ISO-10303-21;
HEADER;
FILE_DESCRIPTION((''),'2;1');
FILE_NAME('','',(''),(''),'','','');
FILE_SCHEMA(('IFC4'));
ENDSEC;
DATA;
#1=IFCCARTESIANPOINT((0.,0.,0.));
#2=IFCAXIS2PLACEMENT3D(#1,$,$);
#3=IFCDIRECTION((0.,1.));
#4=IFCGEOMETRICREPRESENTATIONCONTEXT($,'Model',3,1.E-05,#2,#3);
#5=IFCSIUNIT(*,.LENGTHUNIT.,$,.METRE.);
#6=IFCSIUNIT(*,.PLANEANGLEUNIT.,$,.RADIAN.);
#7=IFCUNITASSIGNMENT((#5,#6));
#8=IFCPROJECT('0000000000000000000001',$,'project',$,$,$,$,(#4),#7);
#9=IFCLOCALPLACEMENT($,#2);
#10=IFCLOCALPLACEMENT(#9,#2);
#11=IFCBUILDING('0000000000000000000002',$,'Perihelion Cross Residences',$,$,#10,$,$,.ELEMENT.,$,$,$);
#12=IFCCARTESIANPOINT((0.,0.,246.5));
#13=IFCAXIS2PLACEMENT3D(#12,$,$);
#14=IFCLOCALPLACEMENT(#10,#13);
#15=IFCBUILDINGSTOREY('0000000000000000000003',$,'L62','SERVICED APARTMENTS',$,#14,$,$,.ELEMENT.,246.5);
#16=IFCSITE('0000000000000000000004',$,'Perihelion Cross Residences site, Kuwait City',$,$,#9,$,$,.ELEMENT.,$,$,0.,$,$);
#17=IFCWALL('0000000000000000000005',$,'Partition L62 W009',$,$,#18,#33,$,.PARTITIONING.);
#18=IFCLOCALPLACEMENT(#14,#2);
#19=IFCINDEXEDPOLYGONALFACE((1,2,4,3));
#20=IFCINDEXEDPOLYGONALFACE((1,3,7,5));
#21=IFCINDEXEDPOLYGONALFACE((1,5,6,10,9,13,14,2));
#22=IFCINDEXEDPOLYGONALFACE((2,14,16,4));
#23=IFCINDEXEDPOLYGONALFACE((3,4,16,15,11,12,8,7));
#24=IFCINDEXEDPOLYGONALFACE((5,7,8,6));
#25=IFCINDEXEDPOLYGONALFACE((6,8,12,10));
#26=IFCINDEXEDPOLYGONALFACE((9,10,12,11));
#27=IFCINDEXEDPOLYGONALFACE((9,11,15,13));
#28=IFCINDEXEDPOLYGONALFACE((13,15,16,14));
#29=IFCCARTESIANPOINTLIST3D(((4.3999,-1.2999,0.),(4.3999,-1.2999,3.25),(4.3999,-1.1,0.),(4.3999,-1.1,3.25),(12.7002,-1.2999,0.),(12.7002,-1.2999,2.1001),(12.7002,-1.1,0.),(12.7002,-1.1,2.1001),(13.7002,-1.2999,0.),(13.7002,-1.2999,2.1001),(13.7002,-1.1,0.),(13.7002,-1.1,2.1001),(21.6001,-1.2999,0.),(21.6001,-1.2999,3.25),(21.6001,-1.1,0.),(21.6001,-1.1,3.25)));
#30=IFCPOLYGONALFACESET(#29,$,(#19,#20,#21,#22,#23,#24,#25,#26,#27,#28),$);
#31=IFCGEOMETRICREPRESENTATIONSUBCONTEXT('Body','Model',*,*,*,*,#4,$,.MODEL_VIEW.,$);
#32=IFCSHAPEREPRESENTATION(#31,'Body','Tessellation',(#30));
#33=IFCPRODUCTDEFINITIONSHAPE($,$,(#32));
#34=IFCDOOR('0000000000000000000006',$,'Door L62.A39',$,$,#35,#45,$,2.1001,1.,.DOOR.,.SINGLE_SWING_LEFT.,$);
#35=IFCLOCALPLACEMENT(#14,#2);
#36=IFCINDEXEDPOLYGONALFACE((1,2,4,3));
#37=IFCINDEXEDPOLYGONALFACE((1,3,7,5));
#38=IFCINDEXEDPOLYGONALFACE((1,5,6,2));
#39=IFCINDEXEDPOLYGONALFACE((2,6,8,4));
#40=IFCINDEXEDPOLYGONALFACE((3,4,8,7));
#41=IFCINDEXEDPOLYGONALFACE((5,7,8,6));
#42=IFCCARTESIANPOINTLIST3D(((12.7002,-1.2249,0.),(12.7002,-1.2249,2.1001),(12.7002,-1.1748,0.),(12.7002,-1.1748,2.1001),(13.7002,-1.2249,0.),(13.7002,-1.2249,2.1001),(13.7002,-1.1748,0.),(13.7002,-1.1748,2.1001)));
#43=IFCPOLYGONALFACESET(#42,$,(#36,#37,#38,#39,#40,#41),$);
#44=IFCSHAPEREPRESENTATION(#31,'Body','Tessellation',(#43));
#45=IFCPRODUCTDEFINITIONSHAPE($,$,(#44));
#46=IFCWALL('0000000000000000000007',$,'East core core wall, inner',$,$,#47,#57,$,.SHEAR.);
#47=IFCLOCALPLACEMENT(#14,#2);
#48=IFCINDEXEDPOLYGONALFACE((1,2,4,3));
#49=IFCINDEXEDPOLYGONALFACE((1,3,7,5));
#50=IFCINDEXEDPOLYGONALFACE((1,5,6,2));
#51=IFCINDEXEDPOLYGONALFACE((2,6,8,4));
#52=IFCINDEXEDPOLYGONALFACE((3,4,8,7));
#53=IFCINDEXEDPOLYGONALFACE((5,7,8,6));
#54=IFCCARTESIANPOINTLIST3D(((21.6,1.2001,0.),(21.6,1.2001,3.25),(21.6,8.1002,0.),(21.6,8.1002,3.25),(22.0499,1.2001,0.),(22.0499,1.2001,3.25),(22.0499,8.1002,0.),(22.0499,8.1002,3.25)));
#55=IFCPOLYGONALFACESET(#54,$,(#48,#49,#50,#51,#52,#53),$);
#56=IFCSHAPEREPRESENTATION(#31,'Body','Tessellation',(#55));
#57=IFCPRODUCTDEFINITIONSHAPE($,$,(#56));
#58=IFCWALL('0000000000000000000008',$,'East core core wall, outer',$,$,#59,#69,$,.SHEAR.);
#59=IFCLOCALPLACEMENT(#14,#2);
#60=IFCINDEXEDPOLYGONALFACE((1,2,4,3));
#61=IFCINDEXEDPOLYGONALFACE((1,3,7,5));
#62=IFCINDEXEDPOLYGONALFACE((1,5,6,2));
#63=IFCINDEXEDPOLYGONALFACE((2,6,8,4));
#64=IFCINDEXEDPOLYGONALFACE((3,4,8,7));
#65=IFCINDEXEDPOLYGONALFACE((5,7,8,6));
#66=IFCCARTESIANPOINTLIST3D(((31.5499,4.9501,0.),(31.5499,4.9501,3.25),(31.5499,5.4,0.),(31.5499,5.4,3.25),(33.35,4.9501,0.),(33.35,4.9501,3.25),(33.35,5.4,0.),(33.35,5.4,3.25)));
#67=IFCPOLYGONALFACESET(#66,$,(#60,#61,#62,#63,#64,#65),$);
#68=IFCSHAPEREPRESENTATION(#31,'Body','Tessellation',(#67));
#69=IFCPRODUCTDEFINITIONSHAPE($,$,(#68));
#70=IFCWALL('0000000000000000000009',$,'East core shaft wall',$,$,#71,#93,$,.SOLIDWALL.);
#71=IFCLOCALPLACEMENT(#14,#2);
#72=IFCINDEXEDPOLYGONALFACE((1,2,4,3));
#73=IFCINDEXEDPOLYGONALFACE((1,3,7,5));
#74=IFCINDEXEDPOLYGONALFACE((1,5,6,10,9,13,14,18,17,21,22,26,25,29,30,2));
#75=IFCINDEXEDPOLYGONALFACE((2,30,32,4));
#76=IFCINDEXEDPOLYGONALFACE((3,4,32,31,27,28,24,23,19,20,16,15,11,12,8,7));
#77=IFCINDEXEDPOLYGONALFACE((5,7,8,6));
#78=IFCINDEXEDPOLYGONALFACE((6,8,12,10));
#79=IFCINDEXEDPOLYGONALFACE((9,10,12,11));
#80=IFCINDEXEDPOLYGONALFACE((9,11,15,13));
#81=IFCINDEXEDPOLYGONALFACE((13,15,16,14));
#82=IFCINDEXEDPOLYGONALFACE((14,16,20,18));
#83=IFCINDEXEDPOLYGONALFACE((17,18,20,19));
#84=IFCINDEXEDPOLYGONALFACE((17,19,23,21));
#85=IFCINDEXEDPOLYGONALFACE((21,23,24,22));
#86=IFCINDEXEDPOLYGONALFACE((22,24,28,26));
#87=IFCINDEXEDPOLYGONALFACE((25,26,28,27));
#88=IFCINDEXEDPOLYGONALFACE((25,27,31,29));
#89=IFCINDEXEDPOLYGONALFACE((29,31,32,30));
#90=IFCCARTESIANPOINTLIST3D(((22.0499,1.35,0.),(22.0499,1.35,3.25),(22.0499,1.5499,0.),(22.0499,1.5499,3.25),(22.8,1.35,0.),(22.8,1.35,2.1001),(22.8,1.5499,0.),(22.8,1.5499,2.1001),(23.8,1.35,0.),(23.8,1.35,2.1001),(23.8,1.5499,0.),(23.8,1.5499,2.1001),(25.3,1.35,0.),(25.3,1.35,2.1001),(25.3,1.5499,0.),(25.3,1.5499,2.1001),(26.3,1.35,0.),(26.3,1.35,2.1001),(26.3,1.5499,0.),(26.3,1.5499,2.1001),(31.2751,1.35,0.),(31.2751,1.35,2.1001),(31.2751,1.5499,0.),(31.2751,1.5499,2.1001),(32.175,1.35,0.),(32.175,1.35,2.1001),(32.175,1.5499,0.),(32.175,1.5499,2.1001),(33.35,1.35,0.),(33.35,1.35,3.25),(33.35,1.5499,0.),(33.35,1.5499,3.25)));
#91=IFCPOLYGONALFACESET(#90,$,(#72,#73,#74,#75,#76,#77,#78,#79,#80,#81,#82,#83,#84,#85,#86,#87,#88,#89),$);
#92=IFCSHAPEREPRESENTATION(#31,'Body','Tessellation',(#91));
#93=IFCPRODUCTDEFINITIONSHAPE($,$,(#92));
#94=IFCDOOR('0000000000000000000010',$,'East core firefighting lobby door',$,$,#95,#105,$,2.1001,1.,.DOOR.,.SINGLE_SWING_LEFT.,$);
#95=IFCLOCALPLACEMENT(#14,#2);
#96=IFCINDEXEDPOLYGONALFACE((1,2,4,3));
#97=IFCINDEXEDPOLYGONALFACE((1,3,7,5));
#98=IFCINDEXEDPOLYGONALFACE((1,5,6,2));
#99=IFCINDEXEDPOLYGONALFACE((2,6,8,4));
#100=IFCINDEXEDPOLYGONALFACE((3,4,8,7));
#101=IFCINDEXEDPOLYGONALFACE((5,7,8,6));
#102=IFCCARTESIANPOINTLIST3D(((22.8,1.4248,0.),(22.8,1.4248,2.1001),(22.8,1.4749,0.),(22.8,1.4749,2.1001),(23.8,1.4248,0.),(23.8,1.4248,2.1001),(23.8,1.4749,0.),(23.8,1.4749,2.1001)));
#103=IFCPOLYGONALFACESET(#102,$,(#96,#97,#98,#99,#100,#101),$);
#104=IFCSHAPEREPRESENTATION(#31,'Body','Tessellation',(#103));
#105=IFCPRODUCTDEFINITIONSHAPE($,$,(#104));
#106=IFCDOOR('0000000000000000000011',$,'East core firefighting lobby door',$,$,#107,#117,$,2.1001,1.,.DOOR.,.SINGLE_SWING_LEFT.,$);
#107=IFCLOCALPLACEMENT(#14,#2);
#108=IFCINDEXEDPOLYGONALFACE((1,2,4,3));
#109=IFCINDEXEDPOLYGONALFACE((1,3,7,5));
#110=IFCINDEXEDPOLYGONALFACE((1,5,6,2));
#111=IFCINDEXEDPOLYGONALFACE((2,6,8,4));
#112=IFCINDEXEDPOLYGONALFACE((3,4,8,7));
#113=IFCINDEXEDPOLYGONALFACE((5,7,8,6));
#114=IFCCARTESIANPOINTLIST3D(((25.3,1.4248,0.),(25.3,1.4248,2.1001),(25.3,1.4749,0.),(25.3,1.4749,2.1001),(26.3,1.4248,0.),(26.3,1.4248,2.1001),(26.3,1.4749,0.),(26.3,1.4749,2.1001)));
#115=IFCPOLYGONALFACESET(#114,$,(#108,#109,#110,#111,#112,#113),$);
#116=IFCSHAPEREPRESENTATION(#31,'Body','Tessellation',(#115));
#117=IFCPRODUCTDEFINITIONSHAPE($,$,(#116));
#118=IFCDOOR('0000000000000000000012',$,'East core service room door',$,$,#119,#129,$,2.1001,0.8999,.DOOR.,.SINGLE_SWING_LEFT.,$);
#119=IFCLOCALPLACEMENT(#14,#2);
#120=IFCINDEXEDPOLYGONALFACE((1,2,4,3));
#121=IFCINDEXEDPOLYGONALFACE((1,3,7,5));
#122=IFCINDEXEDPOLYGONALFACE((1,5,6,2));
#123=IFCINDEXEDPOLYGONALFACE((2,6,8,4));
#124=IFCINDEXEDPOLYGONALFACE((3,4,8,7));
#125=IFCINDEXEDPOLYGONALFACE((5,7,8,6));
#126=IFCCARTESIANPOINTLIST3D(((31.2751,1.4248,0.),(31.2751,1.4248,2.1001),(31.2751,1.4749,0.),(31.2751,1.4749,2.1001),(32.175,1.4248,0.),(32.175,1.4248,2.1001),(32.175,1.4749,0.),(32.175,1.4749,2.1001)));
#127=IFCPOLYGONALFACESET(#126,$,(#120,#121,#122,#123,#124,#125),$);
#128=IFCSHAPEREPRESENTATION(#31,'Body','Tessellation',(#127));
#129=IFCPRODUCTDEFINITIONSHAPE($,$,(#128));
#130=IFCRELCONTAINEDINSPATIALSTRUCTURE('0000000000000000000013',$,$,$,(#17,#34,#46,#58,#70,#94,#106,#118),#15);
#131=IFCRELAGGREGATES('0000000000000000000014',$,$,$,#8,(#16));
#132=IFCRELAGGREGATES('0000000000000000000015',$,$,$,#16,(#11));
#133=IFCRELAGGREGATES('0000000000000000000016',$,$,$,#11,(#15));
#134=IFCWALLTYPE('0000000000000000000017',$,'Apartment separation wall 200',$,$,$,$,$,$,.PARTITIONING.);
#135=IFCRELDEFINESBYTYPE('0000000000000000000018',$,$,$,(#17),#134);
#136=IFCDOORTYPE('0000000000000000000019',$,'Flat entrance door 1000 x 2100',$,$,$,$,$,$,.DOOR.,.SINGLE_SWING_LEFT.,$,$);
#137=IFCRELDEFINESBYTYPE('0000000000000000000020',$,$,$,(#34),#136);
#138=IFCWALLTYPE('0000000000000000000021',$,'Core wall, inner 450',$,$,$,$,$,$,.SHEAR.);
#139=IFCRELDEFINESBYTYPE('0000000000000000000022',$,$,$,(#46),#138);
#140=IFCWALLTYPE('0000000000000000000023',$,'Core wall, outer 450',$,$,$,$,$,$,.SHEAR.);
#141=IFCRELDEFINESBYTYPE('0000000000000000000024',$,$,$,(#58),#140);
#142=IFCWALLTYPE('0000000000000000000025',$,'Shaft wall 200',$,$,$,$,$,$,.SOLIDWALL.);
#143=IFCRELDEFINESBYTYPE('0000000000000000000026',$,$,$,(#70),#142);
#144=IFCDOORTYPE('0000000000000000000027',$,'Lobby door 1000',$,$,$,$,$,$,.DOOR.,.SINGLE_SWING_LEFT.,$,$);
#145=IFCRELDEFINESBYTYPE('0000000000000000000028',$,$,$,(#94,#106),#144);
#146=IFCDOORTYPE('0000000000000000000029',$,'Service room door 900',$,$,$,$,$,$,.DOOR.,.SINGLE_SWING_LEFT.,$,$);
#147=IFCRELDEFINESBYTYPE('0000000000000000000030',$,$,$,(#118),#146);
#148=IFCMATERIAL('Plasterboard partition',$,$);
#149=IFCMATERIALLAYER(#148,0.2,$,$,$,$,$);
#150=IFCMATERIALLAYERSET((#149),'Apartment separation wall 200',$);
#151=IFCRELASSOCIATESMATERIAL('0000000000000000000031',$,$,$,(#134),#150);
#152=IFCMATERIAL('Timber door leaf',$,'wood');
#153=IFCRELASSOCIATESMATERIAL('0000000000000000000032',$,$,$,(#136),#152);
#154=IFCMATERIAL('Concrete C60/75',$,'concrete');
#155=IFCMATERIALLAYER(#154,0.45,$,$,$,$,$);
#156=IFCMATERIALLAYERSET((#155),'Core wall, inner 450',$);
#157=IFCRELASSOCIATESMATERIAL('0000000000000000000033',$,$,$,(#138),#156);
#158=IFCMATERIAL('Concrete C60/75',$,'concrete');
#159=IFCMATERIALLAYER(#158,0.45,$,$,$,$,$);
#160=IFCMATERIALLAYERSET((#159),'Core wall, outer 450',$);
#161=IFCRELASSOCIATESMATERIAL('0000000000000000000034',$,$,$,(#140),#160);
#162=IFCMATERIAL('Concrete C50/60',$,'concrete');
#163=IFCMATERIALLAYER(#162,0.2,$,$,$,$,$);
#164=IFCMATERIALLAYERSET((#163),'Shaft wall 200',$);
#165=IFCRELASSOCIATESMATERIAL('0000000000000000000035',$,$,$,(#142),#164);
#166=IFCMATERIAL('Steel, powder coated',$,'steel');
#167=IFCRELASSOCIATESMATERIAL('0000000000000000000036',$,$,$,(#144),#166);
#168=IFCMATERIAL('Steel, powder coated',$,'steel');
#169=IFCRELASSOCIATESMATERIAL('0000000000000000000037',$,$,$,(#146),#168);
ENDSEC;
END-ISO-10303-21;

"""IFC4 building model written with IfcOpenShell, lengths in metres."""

from ifc_helpers import new_model, si_unit, direction, frame, frame_2d, origin, place, context, subcontext, project, spatial, rectangle, extrude, material, layer, layer_set, type_object, element, fill, save


model = new_model("IFC4")

# Units and contexts
model_context = context("Model", 3, precision=1e-05, world=origin(), true_north=direction((0.0, 1.0)))
body_context = subcontext(model_context, "Body", "Model", "MODEL_VIEW")
ifc_project = project(units=[si_unit("LENGTHUNIT", "METRE"), si_unit("PLANEANGLEUNIT", "RADIAN")], contexts=[model_context])

# Site, building, storey
site_placement = place(None, origin())
site = spatial("IfcSite", under=ifc_project, at=site_placement, Name="Perihelion Cross Residences site, Kuwait City", CompositionType="ELEMENT", RefElevation=0.0)
building_placement = place(site_placement, origin())
building = spatial("IfcBuilding", under=site, at=building_placement, Name="Perihelion Cross Residences", CompositionType="ELEMENT")
storey_placement = place(building_placement, frame((0.0, 0.0, 246.5)))
storey = spatial("IfcBuildingStorey", under=building, at=storey_placement, Name="L62", Description="SERVICED APARTMENTS", CompositionType="ELEMENT", Elevation=246.5)

# Wall, opening, door
ifc_material_1 = material(Name="Plasterboard partition")
ifc_layer_1 = layer(ifc_material_1, 0.2)
ifc_layer_set_1 = layer_set([ifc_layer_1], Name="Apartment separation wall 200")
wall_type_1 = type_object("IfcWallType", Name="Apartment separation wall 200", PredefinedType="PARTITIONING", material=ifc_layer_set_1)
wall_1_placement = place(storey_placement, frame((21.6001, -1.2, 0.0), z_axis=(0.0, 0.0, 1.0), x_axis=(-1.0, 0.0, 0.0)))
wall_1 = element("IfcWall", 1, at=wall_1_placement, inside=storey, type_object=wall_type_1, Name="Partition L62 W009", PredefinedType="PARTITIONING", context=body_context, shape_type="SweptSolid", body=[
    extrude(rectangle(XDim=17.2002, YDim=0.2, at=frame_2d((8.6001, 0.0))), origin(), (0.0, 0.0, 1.0), 3.25),
])
opening_1_placement = place(wall_1_placement, frame((7.8999, 0.0, 0.0)))
opening_1 = element("IfcOpeningElement", 2, at=opening_1_placement, cuts=wall_1, PredefinedType="OPENING", context=body_context, shape_type="SweptSolid", body=[
    extrude(rectangle(XDim=1.0, YDim=2.1001, at=frame_2d((0.5, 1.05))), frame((0.0, 0.1099, 0.0), z_axis=(0.0, -1.0, 0.0), x_axis=(1.0, 0.0, 0.0)), (0.0, 0.0, 1.0), 0.22),
])
ifc_material_2 = material(Name="Timber door leaf", Category="wood")
door_type_1 = type_object("IfcDoorType", Name="Flat entrance door 1000 x 2100", OperationType="SINGLE_SWING_LEFT", PredefinedType="DOOR", material=ifc_material_2)
door_1_placement = place(opening_1_placement, origin())
door_1 = element("IfcDoor", 3, at=door_1_placement, inside=storey, type_object=door_type_1, Name="Door L62.A39", OperationType="SINGLE_SWING_LEFT", OverallHeight=2.1001, OverallWidth=1.0, PredefinedType="DOOR", context=body_context, shape_type="SweptSolid", body=[
    extrude(rectangle(XDim=1.0, YDim=2.1001, at=frame_2d((0.5, 1.05))), frame((0.0, 0.0249, 0.0), z_axis=(0.0, -1.0, 0.0), x_axis=(1.0, 0.0, 0.0)), (0.0, 0.0, 1.0), 0.05),
])
fill(opening_1, door_1)

# Walls
ifc_material_3 = material(Name="Concrete C60/75", Category="concrete")
ifc_layer_2 = layer(ifc_material_3, 0.45)
ifc_layer_set_2 = layer_set([ifc_layer_2], Name="Core wall, inner 450")
wall_type_2 = type_object("IfcWallType", Name="Core wall, inner 450", PredefinedType="SHEAR", material=ifc_layer_set_2)
wall_2_placement = place(storey_placement, frame((21.825, 1.2, 0.0), z_axis=(0.0, 0.0, 1.0), x_axis=(0.0, 1.0, 0.0)))
element("IfcWall", 4, at=wall_2_placement, inside=storey, type_object=wall_type_2, Name="East core core wall, inner", PredefinedType="SHEAR", context=body_context, shape_type="SweptSolid", body=[
    extrude(rectangle(XDim=6.9001, YDim=0.45, at=frame_2d((3.4502, 0.0))), origin(), (0.0, 0.0, 1.0), 3.25),
])
ifc_material_4 = material(Name="Concrete C60/75", Category="concrete")
ifc_layer_3 = layer(ifc_material_4, 0.45)
ifc_layer_set_3 = layer_set([ifc_layer_3], Name="Core wall, outer 450")
wall_type_3 = type_object("IfcWallType", Name="Core wall, outer 450", PredefinedType="SHEAR", material=ifc_layer_set_3)
wall_3_placement = place(storey_placement, frame((31.55, 5.175, 0.0), z_axis=(0.0, 0.0, 1.0), x_axis=(1.0, 0.0, 0.0)))
element("IfcWall", 5, at=wall_3_placement, inside=storey, type_object=wall_type_3, Name="East core core wall, outer", PredefinedType="SHEAR", context=body_context, shape_type="SweptSolid", body=[
    extrude(rectangle(XDim=1.8, YDim=0.45, at=frame_2d((0.8999, 0.0))), origin(), (0.0, 0.0, 1.0), 3.25),
])

# Wall, openings, doors
ifc_material_5 = material(Name="Concrete C50/60", Category="concrete")
ifc_layer_4 = layer(ifc_material_5, 0.2)
ifc_layer_set_4 = layer_set([ifc_layer_4], Name="Shaft wall 200")
wall_type_4 = type_object("IfcWallType", Name="Shaft wall 200", PredefinedType="SOLIDWALL", material=ifc_layer_set_4)
wall_4_placement = place(storey_placement, frame((22.05, 1.45, 0.0), z_axis=(0.0, 0.0, 1.0), x_axis=(1.0, 0.0, 0.0)))
wall_4 = element("IfcWall", 6, at=wall_4_placement, inside=storey, type_object=wall_type_4, Name="East core shaft wall", PredefinedType="SOLIDWALL", context=body_context, shape_type="SweptSolid", body=[
    extrude(rectangle(XDim=11.3, YDim=0.2, at=frame_2d((5.6499, 0.0))), origin(), (0.0, 0.0, 1.0), 3.25),
])
opening_2_placement = place(wall_4_placement, frame((0.75, 0.0, 0.0)))
opening_2 = element("IfcOpeningElement", 7, at=opening_2_placement, cuts=wall_4, PredefinedType="OPENING", context=body_context, shape_type="SweptSolid", body=[
    extrude(rectangle(XDim=1.0, YDim=2.1001, at=frame_2d((0.5, 1.05))), frame((0.0, 0.1099, 0.0), z_axis=(0.0, -1.0, 0.0), x_axis=(1.0, 0.0, 0.0)), (0.0, 0.0, 1.0), 0.22),
])
opening_3_placement = place(wall_4_placement, frame((3.25, 0.0, 0.0)))
opening_3 = element("IfcOpeningElement", 8, at=opening_3_placement, cuts=wall_4, PredefinedType="OPENING", context=body_context, shape_type="SweptSolid", body=[
    extrude(rectangle(XDim=1.0, YDim=2.1001, at=frame_2d((0.5, 1.05))), frame((0.0, 0.1099, 0.0), z_axis=(0.0, -1.0, 0.0), x_axis=(1.0, 0.0, 0.0)), (0.0, 0.0, 1.0), 0.22),
])
opening_4_placement = place(wall_4_placement, frame((9.2251, 0.0, 0.0)))
opening_4 = element("IfcOpeningElement", 9, at=opening_4_placement, cuts=wall_4, PredefinedType="OPENING", context=body_context, shape_type="SweptSolid", body=[
    extrude(rectangle(XDim=0.8999, YDim=2.1001, at=frame_2d((0.45, 1.05))), frame((0.0, 0.1099, 0.0), z_axis=(0.0, -1.0, 0.0), x_axis=(1.0, 0.0, 0.0)), (0.0, 0.0, 1.0), 0.22),
])
ifc_material_6 = material(Name="Steel, powder coated", Category="steel")
door_type_2 = type_object("IfcDoorType", Name="Lobby door 1000", OperationType="SINGLE_SWING_LEFT", PredefinedType="DOOR", material=ifc_material_6)
door_2_placement = place(opening_2_placement, origin())
door_2 = element("IfcDoor", 10, at=door_2_placement, inside=storey, type_object=door_type_2, Name="East core firefighting lobby door", OperationType="SINGLE_SWING_LEFT", OverallHeight=2.1001, OverallWidth=1.0, PredefinedType="DOOR", context=body_context, shape_type="SweptSolid", body=[
    extrude(rectangle(XDim=1.0, YDim=2.1001, at=frame_2d((0.5, 1.05))), frame((0.0, 0.0249, 0.0), z_axis=(0.0, -1.0, 0.0), x_axis=(1.0, 0.0, 0.0)), (0.0, 0.0, 1.0), 0.05),
])
fill(opening_2, door_2)
door_3_placement = place(opening_3_placement, origin())
door_3 = element("IfcDoor", 11, at=door_3_placement, inside=storey, type_object=door_type_2, Name="East core firefighting lobby door", OperationType="SINGLE_SWING_LEFT", OverallHeight=2.1001, OverallWidth=1.0, PredefinedType="DOOR", context=body_context, shape_type="SweptSolid", body=[
    extrude(rectangle(XDim=1.0, YDim=2.1001, at=frame_2d((0.5, 1.05))), frame((0.0, 0.0249, 0.0), z_axis=(0.0, -1.0, 0.0), x_axis=(1.0, 0.0, 0.0)), (0.0, 0.0, 1.0), 0.05),
])
fill(opening_3, door_3)
ifc_material_7 = material(Name="Steel, powder coated", Category="steel")
door_type_3 = type_object("IfcDoorType", Name="Service room door 900", OperationType="SINGLE_SWING_LEFT", PredefinedType="DOOR", material=ifc_material_7)
door_4_placement = place(opening_4_placement, origin())
door_4 = element("IfcDoor", 12, at=door_4_placement, inside=storey, type_object=door_type_3, Name="East core service room door", OperationType="SINGLE_SWING_LEFT", OverallHeight=2.1001, OverallWidth=0.8999, PredefinedType="DOOR", context=body_context, shape_type="SweptSolid", body=[
    extrude(rectangle(XDim=0.8999, YDim=2.1001, at=frame_2d((0.45, 1.05))), frame((0.0, 0.0249, 0.0), z_axis=(0.0, -1.0, 0.0), x_axis=(1.0, 0.0, 0.0)), (0.0, 0.0, 1.0), 0.05),
])
fill(opening_4, door_4)

save(model, "model.ifc")
